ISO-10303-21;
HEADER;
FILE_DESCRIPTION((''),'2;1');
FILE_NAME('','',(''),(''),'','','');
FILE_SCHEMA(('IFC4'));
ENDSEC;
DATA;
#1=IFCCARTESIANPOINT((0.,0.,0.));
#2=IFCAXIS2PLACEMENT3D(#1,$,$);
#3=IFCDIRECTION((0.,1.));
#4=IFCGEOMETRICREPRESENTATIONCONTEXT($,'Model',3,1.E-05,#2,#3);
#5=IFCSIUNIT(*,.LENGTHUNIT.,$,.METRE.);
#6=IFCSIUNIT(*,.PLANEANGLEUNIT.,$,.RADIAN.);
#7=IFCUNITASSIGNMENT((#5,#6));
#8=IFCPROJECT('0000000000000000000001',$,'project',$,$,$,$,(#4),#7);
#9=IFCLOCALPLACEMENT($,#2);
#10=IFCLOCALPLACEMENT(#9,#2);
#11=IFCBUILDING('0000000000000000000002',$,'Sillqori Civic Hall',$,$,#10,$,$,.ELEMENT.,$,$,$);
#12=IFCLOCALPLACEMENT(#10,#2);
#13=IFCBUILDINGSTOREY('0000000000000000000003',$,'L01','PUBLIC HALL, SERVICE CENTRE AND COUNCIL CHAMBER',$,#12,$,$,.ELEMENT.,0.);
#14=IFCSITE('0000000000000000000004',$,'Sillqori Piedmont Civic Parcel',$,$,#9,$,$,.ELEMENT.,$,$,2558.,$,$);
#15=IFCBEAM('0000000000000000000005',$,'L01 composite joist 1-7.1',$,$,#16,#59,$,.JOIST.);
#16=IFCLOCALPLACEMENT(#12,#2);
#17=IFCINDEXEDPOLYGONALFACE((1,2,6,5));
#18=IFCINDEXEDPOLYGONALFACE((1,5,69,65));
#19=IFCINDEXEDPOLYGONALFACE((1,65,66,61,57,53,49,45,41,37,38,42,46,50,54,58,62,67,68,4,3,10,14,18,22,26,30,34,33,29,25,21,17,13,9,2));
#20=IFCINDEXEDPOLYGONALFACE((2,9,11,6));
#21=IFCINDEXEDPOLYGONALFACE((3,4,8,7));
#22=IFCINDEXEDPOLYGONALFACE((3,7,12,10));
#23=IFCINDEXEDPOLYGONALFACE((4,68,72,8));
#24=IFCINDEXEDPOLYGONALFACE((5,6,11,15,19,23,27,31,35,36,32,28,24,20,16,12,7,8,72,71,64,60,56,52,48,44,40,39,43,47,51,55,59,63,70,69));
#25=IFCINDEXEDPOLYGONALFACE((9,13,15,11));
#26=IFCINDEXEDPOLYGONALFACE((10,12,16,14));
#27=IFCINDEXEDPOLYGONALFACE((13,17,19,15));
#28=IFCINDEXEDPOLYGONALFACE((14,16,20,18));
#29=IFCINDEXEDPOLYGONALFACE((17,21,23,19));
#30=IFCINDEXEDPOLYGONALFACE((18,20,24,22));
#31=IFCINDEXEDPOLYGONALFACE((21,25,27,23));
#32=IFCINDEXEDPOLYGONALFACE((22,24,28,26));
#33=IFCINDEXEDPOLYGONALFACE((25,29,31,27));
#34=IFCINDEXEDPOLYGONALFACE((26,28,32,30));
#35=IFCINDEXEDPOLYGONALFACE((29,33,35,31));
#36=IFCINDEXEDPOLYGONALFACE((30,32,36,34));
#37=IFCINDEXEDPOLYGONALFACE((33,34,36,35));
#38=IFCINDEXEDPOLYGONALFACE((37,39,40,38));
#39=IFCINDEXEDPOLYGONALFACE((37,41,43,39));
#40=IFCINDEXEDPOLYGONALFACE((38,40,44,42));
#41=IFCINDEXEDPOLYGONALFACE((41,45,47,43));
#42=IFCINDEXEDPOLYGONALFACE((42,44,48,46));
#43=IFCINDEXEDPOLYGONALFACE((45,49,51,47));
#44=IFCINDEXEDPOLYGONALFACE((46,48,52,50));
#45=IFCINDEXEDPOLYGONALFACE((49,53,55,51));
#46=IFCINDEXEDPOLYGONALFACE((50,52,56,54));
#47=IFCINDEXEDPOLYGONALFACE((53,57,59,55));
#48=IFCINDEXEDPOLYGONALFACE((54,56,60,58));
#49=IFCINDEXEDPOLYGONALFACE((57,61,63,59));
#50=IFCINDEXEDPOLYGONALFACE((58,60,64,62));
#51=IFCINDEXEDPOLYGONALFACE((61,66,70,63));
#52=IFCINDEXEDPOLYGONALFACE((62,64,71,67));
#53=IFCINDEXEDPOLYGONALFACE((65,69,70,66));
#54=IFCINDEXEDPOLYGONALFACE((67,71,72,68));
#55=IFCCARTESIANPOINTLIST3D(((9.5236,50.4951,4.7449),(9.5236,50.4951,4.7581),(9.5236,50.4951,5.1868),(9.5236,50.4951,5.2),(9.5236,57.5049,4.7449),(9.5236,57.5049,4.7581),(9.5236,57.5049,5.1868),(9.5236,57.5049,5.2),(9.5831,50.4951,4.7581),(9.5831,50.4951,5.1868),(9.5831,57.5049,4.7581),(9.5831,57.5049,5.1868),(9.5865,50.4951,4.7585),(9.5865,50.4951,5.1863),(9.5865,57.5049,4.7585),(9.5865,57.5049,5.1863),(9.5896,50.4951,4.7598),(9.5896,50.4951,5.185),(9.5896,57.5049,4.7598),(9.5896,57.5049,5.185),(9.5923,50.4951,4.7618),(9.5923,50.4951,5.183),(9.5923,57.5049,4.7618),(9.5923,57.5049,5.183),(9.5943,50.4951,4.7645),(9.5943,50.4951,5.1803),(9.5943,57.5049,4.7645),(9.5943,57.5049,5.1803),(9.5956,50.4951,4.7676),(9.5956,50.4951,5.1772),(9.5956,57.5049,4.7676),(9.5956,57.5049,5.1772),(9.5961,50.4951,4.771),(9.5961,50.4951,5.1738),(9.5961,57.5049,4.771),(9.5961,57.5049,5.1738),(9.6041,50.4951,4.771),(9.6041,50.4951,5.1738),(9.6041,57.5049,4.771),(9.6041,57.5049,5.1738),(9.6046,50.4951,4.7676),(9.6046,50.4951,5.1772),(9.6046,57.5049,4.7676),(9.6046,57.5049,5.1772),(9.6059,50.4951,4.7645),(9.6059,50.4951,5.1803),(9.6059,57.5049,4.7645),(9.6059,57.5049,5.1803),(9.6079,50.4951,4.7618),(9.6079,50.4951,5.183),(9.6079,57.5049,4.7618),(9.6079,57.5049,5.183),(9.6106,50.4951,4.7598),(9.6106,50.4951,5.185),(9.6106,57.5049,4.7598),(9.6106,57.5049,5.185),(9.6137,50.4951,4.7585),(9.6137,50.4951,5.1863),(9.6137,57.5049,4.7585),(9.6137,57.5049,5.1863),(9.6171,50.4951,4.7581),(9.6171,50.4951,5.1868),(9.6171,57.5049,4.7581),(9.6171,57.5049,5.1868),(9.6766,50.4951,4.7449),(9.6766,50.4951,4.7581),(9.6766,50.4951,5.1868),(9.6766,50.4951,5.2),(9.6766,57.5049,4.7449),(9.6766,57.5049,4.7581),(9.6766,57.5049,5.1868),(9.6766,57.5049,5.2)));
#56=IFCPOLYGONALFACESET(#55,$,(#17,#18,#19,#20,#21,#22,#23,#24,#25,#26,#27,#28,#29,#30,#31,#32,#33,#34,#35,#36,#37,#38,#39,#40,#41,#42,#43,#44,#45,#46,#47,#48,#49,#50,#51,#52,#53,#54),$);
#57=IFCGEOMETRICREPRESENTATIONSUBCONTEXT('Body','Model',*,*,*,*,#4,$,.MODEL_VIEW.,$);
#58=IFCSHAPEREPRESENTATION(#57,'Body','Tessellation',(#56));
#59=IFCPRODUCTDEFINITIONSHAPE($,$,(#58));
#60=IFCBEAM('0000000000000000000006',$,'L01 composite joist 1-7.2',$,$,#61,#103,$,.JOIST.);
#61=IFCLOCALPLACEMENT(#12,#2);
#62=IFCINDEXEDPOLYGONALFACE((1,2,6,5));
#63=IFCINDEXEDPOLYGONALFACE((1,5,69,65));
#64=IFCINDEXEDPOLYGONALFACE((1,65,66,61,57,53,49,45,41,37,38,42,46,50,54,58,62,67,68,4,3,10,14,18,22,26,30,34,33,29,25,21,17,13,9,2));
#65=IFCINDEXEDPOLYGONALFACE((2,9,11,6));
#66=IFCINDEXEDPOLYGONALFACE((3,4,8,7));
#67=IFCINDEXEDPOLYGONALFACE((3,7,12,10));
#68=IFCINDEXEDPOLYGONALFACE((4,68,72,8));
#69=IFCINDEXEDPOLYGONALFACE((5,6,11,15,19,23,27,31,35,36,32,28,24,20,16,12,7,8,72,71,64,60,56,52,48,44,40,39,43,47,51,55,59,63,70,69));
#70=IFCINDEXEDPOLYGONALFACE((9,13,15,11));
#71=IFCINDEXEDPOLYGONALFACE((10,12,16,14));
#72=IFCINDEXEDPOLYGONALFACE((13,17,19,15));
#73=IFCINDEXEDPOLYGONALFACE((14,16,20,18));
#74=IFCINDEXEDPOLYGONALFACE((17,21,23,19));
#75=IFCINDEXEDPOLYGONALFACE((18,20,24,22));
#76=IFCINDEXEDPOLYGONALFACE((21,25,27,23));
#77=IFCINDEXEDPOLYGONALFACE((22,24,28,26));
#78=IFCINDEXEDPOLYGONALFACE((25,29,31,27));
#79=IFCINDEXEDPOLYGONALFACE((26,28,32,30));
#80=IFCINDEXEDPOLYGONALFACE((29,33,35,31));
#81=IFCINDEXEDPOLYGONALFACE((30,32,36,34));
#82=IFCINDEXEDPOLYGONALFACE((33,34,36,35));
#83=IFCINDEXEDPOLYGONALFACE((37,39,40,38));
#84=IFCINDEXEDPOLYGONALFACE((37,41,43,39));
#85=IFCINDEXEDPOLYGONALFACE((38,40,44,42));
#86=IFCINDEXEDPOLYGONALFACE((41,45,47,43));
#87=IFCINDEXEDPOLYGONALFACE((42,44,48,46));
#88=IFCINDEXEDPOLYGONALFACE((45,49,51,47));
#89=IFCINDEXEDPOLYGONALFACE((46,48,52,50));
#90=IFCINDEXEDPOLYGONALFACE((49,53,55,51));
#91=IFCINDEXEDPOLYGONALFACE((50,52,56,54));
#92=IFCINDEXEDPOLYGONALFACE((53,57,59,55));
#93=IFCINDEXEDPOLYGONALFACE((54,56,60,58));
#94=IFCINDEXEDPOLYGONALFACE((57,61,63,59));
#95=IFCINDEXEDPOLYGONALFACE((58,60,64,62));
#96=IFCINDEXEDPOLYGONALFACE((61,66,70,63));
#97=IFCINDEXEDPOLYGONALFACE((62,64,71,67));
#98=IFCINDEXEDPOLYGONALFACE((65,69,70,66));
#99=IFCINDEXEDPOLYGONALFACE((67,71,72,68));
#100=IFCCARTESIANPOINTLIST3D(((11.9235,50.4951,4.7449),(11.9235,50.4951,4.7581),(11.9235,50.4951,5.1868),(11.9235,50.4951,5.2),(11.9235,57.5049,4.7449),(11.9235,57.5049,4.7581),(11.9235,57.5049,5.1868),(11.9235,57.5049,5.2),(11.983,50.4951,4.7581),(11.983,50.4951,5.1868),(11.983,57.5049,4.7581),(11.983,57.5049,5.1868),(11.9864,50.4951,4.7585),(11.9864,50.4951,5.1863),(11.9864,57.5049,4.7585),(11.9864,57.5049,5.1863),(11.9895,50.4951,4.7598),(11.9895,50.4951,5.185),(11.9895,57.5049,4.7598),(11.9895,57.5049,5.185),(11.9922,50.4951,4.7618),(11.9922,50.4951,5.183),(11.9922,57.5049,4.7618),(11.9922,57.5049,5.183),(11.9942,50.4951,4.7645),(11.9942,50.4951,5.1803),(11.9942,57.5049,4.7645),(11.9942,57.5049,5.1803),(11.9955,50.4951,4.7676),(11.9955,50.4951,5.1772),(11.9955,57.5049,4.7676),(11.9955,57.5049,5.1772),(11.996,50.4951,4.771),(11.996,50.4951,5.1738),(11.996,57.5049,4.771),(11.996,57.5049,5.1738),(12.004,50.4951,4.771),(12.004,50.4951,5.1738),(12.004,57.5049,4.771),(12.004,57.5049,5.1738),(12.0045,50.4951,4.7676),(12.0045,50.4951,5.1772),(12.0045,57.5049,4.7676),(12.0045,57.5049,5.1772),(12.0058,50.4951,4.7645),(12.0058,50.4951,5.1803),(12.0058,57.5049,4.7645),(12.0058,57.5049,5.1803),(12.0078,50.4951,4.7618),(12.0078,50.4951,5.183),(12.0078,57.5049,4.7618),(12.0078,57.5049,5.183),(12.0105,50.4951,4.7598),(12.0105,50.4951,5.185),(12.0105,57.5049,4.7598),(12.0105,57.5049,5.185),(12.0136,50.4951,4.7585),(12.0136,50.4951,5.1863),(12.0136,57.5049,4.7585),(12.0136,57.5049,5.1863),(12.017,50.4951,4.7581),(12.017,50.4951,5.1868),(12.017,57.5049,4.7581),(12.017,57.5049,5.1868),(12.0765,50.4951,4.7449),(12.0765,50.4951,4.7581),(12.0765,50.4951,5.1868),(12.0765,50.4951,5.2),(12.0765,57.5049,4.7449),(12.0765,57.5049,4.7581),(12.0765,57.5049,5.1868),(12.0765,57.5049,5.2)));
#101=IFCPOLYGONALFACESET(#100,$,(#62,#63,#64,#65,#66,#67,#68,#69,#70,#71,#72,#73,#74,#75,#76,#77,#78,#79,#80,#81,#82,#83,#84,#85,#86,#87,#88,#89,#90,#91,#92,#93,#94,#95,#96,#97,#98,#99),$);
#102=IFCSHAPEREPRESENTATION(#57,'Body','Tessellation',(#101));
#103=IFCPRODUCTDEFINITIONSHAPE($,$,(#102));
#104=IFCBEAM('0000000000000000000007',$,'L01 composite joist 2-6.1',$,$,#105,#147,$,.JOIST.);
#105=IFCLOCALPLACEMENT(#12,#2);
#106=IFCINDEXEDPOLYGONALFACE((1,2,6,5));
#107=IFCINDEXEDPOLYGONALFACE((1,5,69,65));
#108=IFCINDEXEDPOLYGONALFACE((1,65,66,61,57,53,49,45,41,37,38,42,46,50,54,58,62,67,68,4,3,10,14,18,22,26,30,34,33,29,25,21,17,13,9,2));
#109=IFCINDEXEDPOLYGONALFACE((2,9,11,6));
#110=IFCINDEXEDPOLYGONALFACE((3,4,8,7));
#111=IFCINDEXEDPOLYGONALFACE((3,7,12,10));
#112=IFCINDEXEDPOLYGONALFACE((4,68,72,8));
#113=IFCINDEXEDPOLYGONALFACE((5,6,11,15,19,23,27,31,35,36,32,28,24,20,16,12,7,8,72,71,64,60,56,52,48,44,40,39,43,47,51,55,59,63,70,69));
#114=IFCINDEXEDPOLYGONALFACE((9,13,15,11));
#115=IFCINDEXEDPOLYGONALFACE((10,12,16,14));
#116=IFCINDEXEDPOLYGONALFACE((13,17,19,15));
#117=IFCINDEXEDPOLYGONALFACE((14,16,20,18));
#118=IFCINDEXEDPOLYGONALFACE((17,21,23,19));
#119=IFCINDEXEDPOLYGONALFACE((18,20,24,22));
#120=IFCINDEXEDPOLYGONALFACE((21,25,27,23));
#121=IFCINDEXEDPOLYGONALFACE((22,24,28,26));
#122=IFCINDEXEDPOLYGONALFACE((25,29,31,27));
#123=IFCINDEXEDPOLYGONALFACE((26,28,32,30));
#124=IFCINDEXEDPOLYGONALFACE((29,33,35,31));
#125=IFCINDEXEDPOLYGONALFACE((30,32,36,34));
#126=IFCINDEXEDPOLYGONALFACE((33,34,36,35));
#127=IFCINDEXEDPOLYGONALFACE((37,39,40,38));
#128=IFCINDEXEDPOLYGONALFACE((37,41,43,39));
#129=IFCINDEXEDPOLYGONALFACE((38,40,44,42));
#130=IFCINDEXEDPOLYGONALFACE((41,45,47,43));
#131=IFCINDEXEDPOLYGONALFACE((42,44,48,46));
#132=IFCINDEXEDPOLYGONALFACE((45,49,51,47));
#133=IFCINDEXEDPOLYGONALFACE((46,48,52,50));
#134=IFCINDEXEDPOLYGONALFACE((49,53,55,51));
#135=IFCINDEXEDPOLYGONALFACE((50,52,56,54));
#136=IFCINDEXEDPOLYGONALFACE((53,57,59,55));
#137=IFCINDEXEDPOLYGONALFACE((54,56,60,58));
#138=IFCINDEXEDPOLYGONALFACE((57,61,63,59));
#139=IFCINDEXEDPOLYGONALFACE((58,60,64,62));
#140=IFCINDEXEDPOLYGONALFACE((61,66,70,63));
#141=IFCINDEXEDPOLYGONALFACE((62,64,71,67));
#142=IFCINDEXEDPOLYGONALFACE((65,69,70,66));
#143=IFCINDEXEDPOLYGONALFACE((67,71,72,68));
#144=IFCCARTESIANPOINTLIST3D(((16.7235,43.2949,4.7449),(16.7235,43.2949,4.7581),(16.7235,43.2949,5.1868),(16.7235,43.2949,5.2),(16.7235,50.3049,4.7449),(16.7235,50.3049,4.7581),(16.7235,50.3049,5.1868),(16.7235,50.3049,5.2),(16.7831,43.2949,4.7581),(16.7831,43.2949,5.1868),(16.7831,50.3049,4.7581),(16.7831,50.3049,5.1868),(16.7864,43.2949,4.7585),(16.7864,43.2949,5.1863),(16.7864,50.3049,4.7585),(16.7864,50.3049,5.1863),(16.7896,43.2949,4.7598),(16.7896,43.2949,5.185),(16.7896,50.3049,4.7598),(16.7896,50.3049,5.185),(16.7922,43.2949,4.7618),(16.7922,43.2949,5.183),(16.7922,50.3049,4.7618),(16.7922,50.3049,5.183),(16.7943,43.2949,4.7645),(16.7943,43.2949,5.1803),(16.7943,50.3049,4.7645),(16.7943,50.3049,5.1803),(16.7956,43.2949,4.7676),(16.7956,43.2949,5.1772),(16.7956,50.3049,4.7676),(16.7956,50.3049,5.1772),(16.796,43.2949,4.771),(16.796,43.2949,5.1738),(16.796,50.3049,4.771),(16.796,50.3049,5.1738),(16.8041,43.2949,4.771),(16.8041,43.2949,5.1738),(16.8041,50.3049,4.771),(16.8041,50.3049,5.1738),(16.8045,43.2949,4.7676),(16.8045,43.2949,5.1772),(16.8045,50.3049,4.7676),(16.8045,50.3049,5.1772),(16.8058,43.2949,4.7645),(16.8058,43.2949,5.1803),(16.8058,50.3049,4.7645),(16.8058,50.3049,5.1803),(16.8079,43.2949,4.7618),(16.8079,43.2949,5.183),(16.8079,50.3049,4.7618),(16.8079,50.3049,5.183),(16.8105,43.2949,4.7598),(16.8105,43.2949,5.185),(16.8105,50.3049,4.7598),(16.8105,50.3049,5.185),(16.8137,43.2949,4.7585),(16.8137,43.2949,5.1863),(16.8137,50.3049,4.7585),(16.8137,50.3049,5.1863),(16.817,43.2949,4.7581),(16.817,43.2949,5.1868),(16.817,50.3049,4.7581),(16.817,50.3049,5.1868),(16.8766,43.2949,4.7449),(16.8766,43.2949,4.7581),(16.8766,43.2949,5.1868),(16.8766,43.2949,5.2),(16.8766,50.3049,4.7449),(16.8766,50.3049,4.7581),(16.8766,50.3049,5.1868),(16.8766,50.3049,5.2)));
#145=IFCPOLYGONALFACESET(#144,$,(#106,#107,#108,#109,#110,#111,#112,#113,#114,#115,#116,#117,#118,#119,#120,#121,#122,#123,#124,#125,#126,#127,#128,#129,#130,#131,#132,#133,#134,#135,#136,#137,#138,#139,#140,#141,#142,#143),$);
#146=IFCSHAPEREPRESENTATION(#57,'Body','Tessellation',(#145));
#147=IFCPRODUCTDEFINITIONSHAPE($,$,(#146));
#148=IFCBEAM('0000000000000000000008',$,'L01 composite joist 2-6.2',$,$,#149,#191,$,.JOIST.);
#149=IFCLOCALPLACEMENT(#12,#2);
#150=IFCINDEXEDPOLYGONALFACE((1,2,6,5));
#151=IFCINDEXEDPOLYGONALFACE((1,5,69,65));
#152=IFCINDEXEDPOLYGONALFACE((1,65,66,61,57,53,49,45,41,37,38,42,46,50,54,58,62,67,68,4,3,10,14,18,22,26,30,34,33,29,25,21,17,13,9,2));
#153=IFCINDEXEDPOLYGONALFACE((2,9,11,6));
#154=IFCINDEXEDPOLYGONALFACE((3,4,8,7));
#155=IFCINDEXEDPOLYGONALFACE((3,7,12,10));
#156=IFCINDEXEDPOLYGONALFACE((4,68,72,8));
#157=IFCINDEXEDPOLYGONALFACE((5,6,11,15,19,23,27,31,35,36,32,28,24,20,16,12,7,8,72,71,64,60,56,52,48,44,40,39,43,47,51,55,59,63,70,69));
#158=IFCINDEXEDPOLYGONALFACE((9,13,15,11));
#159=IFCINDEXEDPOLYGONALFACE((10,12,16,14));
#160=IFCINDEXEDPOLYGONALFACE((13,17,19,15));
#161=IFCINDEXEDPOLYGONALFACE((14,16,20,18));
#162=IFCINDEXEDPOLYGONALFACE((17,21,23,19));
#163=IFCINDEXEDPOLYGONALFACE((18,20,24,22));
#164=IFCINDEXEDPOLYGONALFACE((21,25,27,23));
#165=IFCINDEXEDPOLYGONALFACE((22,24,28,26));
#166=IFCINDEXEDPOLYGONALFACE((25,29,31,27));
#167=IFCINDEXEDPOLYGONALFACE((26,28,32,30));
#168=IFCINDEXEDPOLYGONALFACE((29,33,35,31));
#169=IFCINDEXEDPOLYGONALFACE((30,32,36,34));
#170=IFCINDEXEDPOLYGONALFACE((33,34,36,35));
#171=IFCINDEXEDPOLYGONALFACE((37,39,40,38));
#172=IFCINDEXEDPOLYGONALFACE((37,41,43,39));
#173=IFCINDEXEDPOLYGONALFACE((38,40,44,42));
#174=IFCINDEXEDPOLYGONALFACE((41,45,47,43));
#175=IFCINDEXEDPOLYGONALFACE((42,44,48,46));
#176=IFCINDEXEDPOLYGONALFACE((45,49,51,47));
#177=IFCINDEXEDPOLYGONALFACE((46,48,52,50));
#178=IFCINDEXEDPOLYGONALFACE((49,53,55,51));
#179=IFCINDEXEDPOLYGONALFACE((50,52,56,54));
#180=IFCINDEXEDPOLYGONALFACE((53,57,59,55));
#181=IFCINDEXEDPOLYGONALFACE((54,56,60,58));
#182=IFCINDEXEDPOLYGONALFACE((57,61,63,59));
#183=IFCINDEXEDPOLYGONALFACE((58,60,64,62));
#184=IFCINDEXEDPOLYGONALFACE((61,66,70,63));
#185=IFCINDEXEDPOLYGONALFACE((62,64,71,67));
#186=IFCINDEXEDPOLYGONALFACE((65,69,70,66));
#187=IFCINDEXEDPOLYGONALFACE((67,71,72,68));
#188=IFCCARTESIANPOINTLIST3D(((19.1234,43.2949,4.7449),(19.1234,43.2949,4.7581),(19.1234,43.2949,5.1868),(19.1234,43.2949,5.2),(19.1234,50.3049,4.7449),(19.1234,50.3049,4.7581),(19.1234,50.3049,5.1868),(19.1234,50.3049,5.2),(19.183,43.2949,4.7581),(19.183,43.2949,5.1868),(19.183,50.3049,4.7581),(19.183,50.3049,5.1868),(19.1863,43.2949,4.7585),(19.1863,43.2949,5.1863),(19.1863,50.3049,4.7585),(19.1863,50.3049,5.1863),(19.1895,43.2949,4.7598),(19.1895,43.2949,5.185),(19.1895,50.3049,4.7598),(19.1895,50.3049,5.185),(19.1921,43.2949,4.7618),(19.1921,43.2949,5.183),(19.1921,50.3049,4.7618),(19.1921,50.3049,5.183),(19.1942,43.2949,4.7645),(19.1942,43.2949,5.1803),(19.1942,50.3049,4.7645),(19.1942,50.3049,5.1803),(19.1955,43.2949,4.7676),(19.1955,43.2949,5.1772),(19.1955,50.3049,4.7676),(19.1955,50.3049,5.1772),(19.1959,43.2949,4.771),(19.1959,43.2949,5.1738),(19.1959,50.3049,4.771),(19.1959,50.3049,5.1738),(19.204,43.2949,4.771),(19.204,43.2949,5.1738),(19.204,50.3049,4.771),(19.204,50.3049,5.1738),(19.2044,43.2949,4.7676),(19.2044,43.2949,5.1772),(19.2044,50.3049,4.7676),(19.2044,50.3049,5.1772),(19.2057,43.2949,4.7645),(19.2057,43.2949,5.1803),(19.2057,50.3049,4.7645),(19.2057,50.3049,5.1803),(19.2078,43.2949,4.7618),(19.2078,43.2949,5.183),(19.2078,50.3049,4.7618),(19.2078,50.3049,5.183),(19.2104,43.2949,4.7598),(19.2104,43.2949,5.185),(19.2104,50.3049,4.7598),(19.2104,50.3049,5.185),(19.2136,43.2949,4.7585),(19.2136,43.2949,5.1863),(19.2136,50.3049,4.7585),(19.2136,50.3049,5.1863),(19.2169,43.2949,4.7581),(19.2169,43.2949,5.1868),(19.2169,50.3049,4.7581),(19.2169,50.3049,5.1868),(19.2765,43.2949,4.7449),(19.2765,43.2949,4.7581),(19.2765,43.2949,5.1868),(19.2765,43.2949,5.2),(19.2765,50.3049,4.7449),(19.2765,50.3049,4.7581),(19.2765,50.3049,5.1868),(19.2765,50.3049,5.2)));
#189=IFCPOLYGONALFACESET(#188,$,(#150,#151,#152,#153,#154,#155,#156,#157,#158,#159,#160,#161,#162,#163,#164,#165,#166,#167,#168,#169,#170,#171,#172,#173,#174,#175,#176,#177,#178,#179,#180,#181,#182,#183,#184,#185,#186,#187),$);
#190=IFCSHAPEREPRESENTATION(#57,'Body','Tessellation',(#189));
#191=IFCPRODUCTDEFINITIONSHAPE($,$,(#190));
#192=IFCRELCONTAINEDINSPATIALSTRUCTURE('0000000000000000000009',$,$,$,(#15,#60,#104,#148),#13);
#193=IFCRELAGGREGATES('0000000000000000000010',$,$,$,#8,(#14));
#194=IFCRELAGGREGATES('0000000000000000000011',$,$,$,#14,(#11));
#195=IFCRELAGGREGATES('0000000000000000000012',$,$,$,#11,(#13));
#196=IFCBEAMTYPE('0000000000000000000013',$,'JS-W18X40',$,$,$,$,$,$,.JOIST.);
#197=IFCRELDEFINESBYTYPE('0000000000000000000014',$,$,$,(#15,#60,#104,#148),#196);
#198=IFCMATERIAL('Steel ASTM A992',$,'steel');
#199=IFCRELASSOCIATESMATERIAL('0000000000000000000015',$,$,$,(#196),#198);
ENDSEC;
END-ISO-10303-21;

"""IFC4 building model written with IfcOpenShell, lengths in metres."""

from ifc_helpers import new_model, si_unit, direction, frame, origin, origin_2d, place, context, subcontext, project, spatial, i_section, extrude, material, material_profile, profile_set, type_object, element, save


model = new_model("IFC4")

# Units and contexts
model_context = context("Model", 3, precision=1e-05, world=origin(), true_north=direction((0.0, 1.0)))
body_context = subcontext(model_context, "Body", "Model", "MODEL_VIEW")
ifc_project = project(units=[si_unit("LENGTHUNIT", "METRE"), si_unit("PLANEANGLEUNIT", "RADIAN")], contexts=[model_context])

# Site, building, storey
site_placement = place(None, origin())
site = spatial("IfcSite", under=ifc_project, at=site_placement, Name="Sillqori Piedmont Civic Parcel", CompositionType="ELEMENT", RefElevation=2558.0)
building_placement = place(site_placement, origin())
building = spatial("IfcBuilding", under=site, at=building_placement, Name="Sillqori Civic Hall", CompositionType="ELEMENT")
storey_placement = place(building_placement, origin())
storey = spatial("IfcBuildingStorey", under=building, at=storey_placement, Name="L01", Description="PUBLIC HALL, SERVICE CENTRE AND COUNCIL CHAMBER", CompositionType="ELEMENT", Elevation=0.0)

# Shared definitions
ifc_material_1 = material(Name="Steel ASTM A992", Category="steel")

# Beams
ifc_material_profile_1 = material_profile(ifc_material_1, i_section(OverallWidth=0.1531, OverallDepth=0.4551, WebThickness=0.0081, FlangeThickness=0.0132, FilletRadius=0.0129, at=origin_2d()), Name="W18X40")
ifc_profile_set_1 = profile_set([ifc_material_profile_1], Name="Steel ASTM A992")
beam_type_1 = type_object("IfcBeamType", Name="JS-W18X40", PredefinedType="JOIST", material=ifc_profile_set_1)
for number, where, z_axis, x_axis, name in (
    (1, (9.6001, 50.4951, 4.9724), (0.0, 1.0, 0.0), (-1.0, 0.0, 0.0), "L01 composite joist 1-7.1"),
    (2, (12.0, 50.4951, 4.9724), (0.0, 1.0, 0.0), (-1.0, 0.0, 0.0), "L01 composite joist 1-7.2"),
):
    element("IfcBeam", number, at=place(storey_placement, frame(where, z_axis=z_axis, x_axis=x_axis)), inside=storey, type_object=beam_type_1, Name=name, PredefinedType="JOIST", context=body_context, shape_type="SweptSolid", body=[
        extrude(i_section(OverallWidth=0.1531, OverallDepth=0.4551, WebThickness=0.0081, FlangeThickness=0.0132, FilletRadius=0.0129, at=origin_2d()), origin(), (0.0, 0.0, 1.0), 7.0098),
    ])
for number, where, z_axis, x_axis, name in (
    (3, (16.8, 43.2949, 4.9724), (0.0, 1.0, 0.0), (-1.0, 0.0, 0.0), "L01 composite joist 2-6.1"),
    (4, (19.2, 43.2949, 4.9724), (0.0, 1.0, 0.0), (-1.0, 0.0, 0.0), "L01 composite joist 2-6.2"),
):
    element("IfcBeam", number, at=place(storey_placement, frame(where, z_axis=z_axis, x_axis=x_axis)), inside=storey, type_object=beam_type_1, Name=name, PredefinedType="JOIST", context=body_context, shape_type="SweptSolid", body=[
        extrude(i_section(OverallWidth=0.1531, OverallDepth=0.4551, WebThickness=0.0081, FlangeThickness=0.0132, FilletRadius=0.0129, at=origin_2d()), origin(), (0.0, 0.0, 1.0), 7.01),
    ])

save(model, "model.ifc")
